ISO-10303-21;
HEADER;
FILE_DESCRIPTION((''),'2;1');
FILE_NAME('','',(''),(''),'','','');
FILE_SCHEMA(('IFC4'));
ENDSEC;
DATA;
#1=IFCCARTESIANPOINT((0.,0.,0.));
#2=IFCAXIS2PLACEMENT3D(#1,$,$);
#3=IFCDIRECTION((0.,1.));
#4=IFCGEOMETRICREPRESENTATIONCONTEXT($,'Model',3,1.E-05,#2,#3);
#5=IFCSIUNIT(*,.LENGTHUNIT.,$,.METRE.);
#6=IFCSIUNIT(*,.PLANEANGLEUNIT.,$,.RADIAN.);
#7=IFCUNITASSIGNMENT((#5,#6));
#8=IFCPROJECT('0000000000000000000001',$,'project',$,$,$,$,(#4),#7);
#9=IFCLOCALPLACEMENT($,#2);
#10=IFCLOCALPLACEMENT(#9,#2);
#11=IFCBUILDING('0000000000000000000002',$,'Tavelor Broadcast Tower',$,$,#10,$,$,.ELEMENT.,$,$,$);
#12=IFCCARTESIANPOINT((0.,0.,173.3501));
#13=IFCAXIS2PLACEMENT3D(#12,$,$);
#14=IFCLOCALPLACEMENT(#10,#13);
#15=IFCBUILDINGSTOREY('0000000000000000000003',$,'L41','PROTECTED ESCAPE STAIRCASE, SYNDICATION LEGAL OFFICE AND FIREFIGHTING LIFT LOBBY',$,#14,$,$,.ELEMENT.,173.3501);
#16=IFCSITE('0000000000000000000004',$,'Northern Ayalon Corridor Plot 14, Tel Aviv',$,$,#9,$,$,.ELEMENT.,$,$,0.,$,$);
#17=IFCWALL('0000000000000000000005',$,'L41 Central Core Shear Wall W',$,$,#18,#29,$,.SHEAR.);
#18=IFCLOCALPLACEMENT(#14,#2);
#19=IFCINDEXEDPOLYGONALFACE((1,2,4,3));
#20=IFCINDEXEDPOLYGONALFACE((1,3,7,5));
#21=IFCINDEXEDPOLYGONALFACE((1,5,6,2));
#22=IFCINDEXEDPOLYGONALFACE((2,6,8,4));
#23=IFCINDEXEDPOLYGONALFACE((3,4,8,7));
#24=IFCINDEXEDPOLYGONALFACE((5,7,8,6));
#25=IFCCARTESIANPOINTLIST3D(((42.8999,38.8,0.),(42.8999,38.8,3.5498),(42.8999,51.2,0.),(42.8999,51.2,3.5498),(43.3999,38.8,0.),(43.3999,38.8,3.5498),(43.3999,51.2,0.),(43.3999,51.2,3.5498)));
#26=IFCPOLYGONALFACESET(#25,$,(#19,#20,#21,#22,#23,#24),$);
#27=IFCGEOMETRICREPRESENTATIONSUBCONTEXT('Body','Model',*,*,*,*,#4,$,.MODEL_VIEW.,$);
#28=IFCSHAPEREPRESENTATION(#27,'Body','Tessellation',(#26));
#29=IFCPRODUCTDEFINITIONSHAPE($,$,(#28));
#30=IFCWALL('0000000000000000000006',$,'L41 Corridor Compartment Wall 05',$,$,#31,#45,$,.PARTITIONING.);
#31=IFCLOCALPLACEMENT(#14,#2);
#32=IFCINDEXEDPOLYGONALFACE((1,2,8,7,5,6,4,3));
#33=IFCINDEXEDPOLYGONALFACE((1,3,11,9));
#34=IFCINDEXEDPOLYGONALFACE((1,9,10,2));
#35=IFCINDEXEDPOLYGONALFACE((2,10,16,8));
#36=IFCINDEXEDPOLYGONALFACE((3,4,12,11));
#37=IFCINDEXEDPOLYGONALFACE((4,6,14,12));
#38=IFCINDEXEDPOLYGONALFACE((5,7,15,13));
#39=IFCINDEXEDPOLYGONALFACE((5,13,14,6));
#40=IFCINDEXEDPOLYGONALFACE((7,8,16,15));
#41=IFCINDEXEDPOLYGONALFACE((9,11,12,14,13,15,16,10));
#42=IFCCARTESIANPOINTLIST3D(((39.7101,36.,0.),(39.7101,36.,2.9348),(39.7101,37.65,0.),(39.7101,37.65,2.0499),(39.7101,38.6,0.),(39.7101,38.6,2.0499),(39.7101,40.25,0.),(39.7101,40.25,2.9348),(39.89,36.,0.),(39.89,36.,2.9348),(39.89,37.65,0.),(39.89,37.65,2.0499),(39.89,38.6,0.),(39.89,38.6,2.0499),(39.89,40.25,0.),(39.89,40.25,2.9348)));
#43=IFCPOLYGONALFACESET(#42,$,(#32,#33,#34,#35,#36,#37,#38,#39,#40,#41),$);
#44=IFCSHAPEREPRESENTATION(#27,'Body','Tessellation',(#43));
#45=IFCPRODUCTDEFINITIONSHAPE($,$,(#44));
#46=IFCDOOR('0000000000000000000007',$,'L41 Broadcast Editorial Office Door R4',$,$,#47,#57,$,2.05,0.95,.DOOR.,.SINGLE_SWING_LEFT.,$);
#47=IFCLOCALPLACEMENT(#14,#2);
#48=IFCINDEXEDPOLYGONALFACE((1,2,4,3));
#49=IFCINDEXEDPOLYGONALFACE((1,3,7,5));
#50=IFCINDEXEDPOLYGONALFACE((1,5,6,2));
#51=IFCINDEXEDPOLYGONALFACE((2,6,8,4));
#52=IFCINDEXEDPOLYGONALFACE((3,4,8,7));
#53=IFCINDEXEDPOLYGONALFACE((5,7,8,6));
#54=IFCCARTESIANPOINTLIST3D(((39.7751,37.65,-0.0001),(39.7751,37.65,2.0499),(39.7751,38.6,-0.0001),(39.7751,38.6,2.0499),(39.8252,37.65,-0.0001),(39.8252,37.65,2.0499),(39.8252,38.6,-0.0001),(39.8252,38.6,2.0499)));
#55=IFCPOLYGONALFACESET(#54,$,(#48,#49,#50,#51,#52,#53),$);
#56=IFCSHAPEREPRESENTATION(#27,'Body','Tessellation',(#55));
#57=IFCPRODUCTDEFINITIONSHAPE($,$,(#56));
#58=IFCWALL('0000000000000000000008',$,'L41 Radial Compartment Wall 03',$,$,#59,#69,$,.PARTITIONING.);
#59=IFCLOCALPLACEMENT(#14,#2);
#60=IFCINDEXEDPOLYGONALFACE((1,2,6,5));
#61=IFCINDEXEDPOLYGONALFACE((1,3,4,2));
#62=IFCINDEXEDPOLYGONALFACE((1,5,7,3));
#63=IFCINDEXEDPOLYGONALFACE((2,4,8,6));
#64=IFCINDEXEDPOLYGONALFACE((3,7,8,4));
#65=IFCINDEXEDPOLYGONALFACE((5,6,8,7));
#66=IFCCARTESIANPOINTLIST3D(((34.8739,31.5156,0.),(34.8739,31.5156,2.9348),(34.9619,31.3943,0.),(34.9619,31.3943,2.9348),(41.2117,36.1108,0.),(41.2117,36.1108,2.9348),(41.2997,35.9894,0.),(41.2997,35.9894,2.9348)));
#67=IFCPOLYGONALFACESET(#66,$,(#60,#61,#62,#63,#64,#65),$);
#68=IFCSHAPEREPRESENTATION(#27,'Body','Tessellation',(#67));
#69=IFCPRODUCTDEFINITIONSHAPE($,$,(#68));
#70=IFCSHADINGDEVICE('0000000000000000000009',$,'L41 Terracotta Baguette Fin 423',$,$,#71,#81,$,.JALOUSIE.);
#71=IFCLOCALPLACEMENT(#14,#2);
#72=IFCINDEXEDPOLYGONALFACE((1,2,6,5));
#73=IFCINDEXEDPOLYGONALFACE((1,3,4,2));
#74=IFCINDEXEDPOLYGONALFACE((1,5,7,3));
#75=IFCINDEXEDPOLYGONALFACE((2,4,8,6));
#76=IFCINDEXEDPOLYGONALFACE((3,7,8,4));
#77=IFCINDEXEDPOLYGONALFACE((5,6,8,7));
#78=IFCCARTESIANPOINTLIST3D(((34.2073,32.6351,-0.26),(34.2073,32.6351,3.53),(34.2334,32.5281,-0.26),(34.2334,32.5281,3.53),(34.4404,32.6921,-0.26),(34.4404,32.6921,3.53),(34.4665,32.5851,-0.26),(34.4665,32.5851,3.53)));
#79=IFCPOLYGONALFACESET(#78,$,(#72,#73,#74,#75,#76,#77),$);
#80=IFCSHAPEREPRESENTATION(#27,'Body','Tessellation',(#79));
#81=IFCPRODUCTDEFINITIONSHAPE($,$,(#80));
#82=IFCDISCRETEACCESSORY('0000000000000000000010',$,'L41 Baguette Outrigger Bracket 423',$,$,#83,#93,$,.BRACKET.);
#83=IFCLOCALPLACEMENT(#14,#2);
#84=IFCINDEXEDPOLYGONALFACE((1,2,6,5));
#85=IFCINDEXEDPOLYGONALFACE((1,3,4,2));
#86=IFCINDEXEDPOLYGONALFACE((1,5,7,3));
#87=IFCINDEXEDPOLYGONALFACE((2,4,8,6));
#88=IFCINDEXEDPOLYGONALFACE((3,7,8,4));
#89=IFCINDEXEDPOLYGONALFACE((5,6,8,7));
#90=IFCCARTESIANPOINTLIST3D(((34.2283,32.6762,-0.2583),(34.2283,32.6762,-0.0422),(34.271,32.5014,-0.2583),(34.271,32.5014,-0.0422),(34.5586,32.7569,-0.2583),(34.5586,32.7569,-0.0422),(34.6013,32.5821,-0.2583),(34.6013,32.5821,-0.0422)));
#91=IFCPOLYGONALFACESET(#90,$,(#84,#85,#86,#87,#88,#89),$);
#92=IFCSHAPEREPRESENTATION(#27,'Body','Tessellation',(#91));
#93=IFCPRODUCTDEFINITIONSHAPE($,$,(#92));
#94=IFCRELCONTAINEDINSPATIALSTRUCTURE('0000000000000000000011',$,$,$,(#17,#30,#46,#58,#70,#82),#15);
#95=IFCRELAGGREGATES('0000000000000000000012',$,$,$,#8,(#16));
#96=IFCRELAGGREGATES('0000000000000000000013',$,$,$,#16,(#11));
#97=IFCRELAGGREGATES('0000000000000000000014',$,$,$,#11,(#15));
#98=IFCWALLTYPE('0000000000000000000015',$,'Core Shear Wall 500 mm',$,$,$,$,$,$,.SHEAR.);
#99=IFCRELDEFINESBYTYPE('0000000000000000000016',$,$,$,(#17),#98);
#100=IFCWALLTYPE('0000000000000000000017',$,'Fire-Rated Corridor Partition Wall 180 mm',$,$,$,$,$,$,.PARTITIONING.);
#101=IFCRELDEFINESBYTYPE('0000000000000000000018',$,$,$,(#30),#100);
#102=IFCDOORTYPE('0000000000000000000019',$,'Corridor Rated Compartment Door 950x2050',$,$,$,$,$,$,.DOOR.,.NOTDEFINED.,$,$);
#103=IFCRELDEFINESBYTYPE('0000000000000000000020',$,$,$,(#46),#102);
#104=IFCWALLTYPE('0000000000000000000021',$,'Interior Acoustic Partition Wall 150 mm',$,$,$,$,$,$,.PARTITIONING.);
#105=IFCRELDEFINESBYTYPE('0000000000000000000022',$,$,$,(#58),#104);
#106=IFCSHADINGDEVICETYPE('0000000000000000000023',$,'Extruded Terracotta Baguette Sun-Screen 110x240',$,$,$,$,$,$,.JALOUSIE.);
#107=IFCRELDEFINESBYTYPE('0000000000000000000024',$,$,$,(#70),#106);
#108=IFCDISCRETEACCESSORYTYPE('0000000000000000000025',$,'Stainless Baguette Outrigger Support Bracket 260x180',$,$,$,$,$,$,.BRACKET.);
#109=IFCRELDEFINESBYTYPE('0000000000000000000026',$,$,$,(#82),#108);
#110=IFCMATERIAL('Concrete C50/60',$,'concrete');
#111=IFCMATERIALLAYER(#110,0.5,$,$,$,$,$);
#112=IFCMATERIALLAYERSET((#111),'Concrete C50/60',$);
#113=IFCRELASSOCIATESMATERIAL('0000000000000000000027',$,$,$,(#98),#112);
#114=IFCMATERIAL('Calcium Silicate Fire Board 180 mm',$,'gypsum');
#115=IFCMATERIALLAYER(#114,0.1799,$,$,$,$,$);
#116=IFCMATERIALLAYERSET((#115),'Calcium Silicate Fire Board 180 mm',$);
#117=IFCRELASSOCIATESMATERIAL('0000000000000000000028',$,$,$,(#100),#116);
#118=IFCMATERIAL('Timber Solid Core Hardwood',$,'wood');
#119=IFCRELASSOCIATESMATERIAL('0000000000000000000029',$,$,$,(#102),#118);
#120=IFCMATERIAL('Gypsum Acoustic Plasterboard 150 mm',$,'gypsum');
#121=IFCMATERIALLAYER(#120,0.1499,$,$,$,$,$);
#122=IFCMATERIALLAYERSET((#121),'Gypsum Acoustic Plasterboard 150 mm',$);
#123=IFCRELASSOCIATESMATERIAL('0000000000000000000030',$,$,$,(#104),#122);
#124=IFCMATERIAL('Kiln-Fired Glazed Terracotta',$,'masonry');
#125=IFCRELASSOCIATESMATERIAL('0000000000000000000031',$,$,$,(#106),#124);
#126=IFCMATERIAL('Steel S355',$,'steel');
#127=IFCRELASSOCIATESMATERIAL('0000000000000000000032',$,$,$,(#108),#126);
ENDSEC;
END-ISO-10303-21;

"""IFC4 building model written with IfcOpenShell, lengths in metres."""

from ifc_helpers import new_model, si_unit, direction, frame, frame_2d, origin, origin_2d, place, context, subcontext, project, spatial, rectangle, extrude, source, transform, mapped, material, layer, layer_set, type_object, type_shapes, element, fill, save


model = new_model("IFC4")

# Units and contexts
model_context = context("Model", 3, precision=1e-05, world=origin(), true_north=direction((0.0, 1.0)))
body_context = subcontext(model_context, "Body", "Model", "MODEL_VIEW")
ifc_project = project(units=[si_unit("LENGTHUNIT", "METRE"), si_unit("PLANEANGLEUNIT", "RADIAN")], contexts=[model_context])

# Site, building, storey
site_placement = place(None, origin())
site = spatial("IfcSite", under=ifc_project, at=site_placement, Name="Northern Ayalon Corridor Plot 14, Tel Aviv", CompositionType="ELEMENT", RefElevation=0.0)
building_placement = place(site_placement, origin())
building = spatial("IfcBuilding", under=site, at=building_placement, Name="Tavelor Broadcast Tower", CompositionType="ELEMENT")
storey_placement = place(building_placement, frame((0.0, 0.0, 173.3501)))
storey = spatial("IfcBuildingStorey", under=building, at=storey_placement, Name="L41", Description="PROTECTED ESCAPE STAIRCASE, SYNDICATION LEGAL OFFICE AND FIREFIGHTING LIFT LOBBY", CompositionType="ELEMENT", Elevation=173.3501)

# Shared definitions
ifc_material_1 = material(Name="Steel S355", Category="steel")

# Shared definitions
ifc_material_2 = material(Name="Concrete C50/60", Category="concrete")
ifc_layer_1 = layer(ifc_material_2, 0.5)
ifc_layer_set_1 = layer_set([ifc_layer_1], Name="Concrete C50/60")
wall_type_1 = type_object("IfcWallType", Name="Core Shear Wall 500 mm", PredefinedType="SHEAR", material=ifc_layer_set_1)

# Wall
wall_1_placement = place(storey_placement, frame((43.1499, 38.8, 0.0), z_axis=(0.0, 0.0, 1.0), x_axis=(0.0, 1.0, 0.0)))
element("IfcWall", 1, at=wall_1_placement, inside=storey, type_object=wall_type_1, Name="L41 Central Core Shear Wall W", PredefinedType="SHEAR", context=body_context, shape_type="SweptSolid", body=[
    extrude(rectangle(XDim=12.3999, YDim=0.5, at=frame_2d((6.2, 0.0))), origin(), (0.0, 0.0, 1.0), 3.5498),
])

# Wall, opening, door
ifc_material_3 = material(Name="Calcium Silicate Fire Board 180 mm", Category="gypsum")
ifc_layer_2 = layer(ifc_material_3, 0.1799)
ifc_layer_set_2 = layer_set([ifc_layer_2], Name="Calcium Silicate Fire Board 180 mm")
wall_type_2 = type_object("IfcWallType", Name="Fire-Rated Corridor Partition Wall 180 mm", PredefinedType="PARTITIONING", material=ifc_layer_set_2)
wall_2_placement = place(storey_placement, frame((39.8, 36.0, 0.0), z_axis=(0.0, 0.0, 1.0), x_axis=(0.0, 1.0, 0.0)))
wall_2 = element("IfcWall", 2, at=wall_2_placement, inside=storey, type_object=wall_type_2, Name="L41 Corridor Compartment Wall 05", PredefinedType="PARTITIONING", context=body_context, shape_type="SweptSolid", body=[
    extrude(rectangle(XDim=4.25, YDim=0.1799, at=frame_2d((2.125, 0.0))), origin(), (0.0, 0.0, 1.0), 2.9348),
])
opening_1_placement = place(wall_2_placement, frame((1.6499, 0.0, 0.0)))
opening_1 = element("IfcOpeningElement", 3, at=opening_1_placement, cuts=wall_2, PredefinedType="OPENING", context=body_context, shape_type="SweptSolid", body=[
    extrude(rectangle(XDim=0.95, YDim=2.05, at=frame_2d((0.4751, 1.0249))), frame((0.0, 0.1001, 0.0), z_axis=(0.0, -1.0, 0.0), x_axis=(1.0, 0.0, 0.0)), (0.0, 0.0, 1.0), 0.2),
])
ifc_material_4 = material(Name="Timber Solid Core Hardwood", Category="wood")
door_type_1 = type_object("IfcDoorType", Name="Corridor Rated Compartment Door 950x2050", OperationType="NOTDEFINED", PredefinedType="DOOR", material=ifc_material_4)
door_1_placement = place(opening_1_placement, origin())
door_1 = element("IfcDoor", 4, at=door_1_placement, inside=storey, type_object=door_type_1, Name="L41 Broadcast Editorial Office Door R4", OperationType="SINGLE_SWING_LEFT", OverallHeight=2.05, OverallWidth=0.95, PredefinedType="DOOR", context=body_context, shape_type="SweptSolid", body=[
    extrude(rectangle(XDim=0.95, YDim=2.05, at=frame_2d((0.4751, 1.0249))), frame((0.0, 0.0249, 0.0), z_axis=(0.0, -1.0, 0.0), x_axis=(1.0, 0.0, 0.0)), (0.0, 0.0, 1.0), 0.05),
])
fill(opening_1, door_1)

# Wall
ifc_material_5 = material(Name="Gypsum Acoustic Plasterboard 150 mm", Category="gypsum")
ifc_layer_3 = layer(ifc_material_5, 0.1499)
ifc_layer_set_3 = layer_set([ifc_layer_3], Name="Gypsum Acoustic Plasterboard 150 mm")
wall_type_3 = type_object("IfcWallType", Name="Interior Acoustic Partition Wall 150 mm", PredefinedType="PARTITIONING", material=ifc_layer_set_3)
wall_3_placement = place(storey_placement, frame((41.2556, 36.05, 0.0), z_axis=(0.0, 0.0, 1.0), x_axis=(-0.809596, -0.586988, 0.0)))
element("IfcWall", 5, at=wall_3_placement, inside=storey, type_object=wall_type_3, Name="L41 Radial Compartment Wall 03", PredefinedType="PARTITIONING", context=body_context, shape_type="SweptSolid", body=[
    extrude(rectangle(XDim=7.8284, YDim=0.1499, at=frame_2d((3.9141, 0.0))), origin(), (0.0, 0.0, 1.0), 2.9348),
])

# Shading device
ifc_material_6 = material(Name="Kiln-Fired Glazed Terracotta", Category="masonry")
shading_device_type = type_object("IfcShadingDeviceType", Name="Extruded Terracotta Baguette Sun-Screen 110x240", PredefinedType="JALOUSIE", material=ifc_material_6)
shared_shape_1 = source(origin(), body_context, "Body", "SweptSolid", [
    extrude(rectangle(XDim=0.1101, YDim=0.24, at=origin_2d()), origin(), (0.0, 0.0, 1.0), 3.79),
])
type_shapes(shading_device_type, [shared_shape_1])
shading_device_placement = place(storey_placement, frame((34.3369, 32.6101, -0.26), z_axis=(0.0, 0.0, 1.0), x_axis=(0.237347, -0.971425, 0.0)))
element("IfcShadingDevice", 6, at=shading_device_placement, inside=storey, type_object=shading_device_type, Name="L41 Terracotta Baguette Fin 423", PredefinedType="JALOUSIE", context=body_context, shape_type="MappedRepresentation", body=[
    mapped(shared_shape_1, transform((0.0, 0.0, 0.0), scale=1.0)),
])

# Discrete accessory
discrete_accessory_type = type_object("IfcDiscreteAccessoryType", Name="Stainless Baguette Outrigger Support Bracket 260x180", PredefinedType="BRACKET", material=ifc_material_1)
shared_shape_2 = source(origin(), body_context, "Body", "SweptSolid", [
    extrude(rectangle(XDim=0.1799, YDim=0.3401, at=origin_2d()), origin(), (0.0, 0.0, 1.0), 0.2161),
])
type_shapes(discrete_accessory_type, [shared_shape_2])
discrete_accessory_placement = place(storey_placement, frame((34.4148, 32.6292, -0.2583), z_axis=(0.0, 0.0, 1.0), x_axis=(0.237347, -0.971425, 0.0)))
element("IfcDiscreteAccessory", 7, at=discrete_accessory_placement, inside=storey, type_object=discrete_accessory_type, Name="L41 Baguette Outrigger Bracket 423", PredefinedType="BRACKET", context=body_context, shape_type="MappedRepresentation", body=[
    mapped(shared_shape_2, transform((0.0, 0.0, 0.0), scale=1.0)),
])

save(model, "model.ifc")
